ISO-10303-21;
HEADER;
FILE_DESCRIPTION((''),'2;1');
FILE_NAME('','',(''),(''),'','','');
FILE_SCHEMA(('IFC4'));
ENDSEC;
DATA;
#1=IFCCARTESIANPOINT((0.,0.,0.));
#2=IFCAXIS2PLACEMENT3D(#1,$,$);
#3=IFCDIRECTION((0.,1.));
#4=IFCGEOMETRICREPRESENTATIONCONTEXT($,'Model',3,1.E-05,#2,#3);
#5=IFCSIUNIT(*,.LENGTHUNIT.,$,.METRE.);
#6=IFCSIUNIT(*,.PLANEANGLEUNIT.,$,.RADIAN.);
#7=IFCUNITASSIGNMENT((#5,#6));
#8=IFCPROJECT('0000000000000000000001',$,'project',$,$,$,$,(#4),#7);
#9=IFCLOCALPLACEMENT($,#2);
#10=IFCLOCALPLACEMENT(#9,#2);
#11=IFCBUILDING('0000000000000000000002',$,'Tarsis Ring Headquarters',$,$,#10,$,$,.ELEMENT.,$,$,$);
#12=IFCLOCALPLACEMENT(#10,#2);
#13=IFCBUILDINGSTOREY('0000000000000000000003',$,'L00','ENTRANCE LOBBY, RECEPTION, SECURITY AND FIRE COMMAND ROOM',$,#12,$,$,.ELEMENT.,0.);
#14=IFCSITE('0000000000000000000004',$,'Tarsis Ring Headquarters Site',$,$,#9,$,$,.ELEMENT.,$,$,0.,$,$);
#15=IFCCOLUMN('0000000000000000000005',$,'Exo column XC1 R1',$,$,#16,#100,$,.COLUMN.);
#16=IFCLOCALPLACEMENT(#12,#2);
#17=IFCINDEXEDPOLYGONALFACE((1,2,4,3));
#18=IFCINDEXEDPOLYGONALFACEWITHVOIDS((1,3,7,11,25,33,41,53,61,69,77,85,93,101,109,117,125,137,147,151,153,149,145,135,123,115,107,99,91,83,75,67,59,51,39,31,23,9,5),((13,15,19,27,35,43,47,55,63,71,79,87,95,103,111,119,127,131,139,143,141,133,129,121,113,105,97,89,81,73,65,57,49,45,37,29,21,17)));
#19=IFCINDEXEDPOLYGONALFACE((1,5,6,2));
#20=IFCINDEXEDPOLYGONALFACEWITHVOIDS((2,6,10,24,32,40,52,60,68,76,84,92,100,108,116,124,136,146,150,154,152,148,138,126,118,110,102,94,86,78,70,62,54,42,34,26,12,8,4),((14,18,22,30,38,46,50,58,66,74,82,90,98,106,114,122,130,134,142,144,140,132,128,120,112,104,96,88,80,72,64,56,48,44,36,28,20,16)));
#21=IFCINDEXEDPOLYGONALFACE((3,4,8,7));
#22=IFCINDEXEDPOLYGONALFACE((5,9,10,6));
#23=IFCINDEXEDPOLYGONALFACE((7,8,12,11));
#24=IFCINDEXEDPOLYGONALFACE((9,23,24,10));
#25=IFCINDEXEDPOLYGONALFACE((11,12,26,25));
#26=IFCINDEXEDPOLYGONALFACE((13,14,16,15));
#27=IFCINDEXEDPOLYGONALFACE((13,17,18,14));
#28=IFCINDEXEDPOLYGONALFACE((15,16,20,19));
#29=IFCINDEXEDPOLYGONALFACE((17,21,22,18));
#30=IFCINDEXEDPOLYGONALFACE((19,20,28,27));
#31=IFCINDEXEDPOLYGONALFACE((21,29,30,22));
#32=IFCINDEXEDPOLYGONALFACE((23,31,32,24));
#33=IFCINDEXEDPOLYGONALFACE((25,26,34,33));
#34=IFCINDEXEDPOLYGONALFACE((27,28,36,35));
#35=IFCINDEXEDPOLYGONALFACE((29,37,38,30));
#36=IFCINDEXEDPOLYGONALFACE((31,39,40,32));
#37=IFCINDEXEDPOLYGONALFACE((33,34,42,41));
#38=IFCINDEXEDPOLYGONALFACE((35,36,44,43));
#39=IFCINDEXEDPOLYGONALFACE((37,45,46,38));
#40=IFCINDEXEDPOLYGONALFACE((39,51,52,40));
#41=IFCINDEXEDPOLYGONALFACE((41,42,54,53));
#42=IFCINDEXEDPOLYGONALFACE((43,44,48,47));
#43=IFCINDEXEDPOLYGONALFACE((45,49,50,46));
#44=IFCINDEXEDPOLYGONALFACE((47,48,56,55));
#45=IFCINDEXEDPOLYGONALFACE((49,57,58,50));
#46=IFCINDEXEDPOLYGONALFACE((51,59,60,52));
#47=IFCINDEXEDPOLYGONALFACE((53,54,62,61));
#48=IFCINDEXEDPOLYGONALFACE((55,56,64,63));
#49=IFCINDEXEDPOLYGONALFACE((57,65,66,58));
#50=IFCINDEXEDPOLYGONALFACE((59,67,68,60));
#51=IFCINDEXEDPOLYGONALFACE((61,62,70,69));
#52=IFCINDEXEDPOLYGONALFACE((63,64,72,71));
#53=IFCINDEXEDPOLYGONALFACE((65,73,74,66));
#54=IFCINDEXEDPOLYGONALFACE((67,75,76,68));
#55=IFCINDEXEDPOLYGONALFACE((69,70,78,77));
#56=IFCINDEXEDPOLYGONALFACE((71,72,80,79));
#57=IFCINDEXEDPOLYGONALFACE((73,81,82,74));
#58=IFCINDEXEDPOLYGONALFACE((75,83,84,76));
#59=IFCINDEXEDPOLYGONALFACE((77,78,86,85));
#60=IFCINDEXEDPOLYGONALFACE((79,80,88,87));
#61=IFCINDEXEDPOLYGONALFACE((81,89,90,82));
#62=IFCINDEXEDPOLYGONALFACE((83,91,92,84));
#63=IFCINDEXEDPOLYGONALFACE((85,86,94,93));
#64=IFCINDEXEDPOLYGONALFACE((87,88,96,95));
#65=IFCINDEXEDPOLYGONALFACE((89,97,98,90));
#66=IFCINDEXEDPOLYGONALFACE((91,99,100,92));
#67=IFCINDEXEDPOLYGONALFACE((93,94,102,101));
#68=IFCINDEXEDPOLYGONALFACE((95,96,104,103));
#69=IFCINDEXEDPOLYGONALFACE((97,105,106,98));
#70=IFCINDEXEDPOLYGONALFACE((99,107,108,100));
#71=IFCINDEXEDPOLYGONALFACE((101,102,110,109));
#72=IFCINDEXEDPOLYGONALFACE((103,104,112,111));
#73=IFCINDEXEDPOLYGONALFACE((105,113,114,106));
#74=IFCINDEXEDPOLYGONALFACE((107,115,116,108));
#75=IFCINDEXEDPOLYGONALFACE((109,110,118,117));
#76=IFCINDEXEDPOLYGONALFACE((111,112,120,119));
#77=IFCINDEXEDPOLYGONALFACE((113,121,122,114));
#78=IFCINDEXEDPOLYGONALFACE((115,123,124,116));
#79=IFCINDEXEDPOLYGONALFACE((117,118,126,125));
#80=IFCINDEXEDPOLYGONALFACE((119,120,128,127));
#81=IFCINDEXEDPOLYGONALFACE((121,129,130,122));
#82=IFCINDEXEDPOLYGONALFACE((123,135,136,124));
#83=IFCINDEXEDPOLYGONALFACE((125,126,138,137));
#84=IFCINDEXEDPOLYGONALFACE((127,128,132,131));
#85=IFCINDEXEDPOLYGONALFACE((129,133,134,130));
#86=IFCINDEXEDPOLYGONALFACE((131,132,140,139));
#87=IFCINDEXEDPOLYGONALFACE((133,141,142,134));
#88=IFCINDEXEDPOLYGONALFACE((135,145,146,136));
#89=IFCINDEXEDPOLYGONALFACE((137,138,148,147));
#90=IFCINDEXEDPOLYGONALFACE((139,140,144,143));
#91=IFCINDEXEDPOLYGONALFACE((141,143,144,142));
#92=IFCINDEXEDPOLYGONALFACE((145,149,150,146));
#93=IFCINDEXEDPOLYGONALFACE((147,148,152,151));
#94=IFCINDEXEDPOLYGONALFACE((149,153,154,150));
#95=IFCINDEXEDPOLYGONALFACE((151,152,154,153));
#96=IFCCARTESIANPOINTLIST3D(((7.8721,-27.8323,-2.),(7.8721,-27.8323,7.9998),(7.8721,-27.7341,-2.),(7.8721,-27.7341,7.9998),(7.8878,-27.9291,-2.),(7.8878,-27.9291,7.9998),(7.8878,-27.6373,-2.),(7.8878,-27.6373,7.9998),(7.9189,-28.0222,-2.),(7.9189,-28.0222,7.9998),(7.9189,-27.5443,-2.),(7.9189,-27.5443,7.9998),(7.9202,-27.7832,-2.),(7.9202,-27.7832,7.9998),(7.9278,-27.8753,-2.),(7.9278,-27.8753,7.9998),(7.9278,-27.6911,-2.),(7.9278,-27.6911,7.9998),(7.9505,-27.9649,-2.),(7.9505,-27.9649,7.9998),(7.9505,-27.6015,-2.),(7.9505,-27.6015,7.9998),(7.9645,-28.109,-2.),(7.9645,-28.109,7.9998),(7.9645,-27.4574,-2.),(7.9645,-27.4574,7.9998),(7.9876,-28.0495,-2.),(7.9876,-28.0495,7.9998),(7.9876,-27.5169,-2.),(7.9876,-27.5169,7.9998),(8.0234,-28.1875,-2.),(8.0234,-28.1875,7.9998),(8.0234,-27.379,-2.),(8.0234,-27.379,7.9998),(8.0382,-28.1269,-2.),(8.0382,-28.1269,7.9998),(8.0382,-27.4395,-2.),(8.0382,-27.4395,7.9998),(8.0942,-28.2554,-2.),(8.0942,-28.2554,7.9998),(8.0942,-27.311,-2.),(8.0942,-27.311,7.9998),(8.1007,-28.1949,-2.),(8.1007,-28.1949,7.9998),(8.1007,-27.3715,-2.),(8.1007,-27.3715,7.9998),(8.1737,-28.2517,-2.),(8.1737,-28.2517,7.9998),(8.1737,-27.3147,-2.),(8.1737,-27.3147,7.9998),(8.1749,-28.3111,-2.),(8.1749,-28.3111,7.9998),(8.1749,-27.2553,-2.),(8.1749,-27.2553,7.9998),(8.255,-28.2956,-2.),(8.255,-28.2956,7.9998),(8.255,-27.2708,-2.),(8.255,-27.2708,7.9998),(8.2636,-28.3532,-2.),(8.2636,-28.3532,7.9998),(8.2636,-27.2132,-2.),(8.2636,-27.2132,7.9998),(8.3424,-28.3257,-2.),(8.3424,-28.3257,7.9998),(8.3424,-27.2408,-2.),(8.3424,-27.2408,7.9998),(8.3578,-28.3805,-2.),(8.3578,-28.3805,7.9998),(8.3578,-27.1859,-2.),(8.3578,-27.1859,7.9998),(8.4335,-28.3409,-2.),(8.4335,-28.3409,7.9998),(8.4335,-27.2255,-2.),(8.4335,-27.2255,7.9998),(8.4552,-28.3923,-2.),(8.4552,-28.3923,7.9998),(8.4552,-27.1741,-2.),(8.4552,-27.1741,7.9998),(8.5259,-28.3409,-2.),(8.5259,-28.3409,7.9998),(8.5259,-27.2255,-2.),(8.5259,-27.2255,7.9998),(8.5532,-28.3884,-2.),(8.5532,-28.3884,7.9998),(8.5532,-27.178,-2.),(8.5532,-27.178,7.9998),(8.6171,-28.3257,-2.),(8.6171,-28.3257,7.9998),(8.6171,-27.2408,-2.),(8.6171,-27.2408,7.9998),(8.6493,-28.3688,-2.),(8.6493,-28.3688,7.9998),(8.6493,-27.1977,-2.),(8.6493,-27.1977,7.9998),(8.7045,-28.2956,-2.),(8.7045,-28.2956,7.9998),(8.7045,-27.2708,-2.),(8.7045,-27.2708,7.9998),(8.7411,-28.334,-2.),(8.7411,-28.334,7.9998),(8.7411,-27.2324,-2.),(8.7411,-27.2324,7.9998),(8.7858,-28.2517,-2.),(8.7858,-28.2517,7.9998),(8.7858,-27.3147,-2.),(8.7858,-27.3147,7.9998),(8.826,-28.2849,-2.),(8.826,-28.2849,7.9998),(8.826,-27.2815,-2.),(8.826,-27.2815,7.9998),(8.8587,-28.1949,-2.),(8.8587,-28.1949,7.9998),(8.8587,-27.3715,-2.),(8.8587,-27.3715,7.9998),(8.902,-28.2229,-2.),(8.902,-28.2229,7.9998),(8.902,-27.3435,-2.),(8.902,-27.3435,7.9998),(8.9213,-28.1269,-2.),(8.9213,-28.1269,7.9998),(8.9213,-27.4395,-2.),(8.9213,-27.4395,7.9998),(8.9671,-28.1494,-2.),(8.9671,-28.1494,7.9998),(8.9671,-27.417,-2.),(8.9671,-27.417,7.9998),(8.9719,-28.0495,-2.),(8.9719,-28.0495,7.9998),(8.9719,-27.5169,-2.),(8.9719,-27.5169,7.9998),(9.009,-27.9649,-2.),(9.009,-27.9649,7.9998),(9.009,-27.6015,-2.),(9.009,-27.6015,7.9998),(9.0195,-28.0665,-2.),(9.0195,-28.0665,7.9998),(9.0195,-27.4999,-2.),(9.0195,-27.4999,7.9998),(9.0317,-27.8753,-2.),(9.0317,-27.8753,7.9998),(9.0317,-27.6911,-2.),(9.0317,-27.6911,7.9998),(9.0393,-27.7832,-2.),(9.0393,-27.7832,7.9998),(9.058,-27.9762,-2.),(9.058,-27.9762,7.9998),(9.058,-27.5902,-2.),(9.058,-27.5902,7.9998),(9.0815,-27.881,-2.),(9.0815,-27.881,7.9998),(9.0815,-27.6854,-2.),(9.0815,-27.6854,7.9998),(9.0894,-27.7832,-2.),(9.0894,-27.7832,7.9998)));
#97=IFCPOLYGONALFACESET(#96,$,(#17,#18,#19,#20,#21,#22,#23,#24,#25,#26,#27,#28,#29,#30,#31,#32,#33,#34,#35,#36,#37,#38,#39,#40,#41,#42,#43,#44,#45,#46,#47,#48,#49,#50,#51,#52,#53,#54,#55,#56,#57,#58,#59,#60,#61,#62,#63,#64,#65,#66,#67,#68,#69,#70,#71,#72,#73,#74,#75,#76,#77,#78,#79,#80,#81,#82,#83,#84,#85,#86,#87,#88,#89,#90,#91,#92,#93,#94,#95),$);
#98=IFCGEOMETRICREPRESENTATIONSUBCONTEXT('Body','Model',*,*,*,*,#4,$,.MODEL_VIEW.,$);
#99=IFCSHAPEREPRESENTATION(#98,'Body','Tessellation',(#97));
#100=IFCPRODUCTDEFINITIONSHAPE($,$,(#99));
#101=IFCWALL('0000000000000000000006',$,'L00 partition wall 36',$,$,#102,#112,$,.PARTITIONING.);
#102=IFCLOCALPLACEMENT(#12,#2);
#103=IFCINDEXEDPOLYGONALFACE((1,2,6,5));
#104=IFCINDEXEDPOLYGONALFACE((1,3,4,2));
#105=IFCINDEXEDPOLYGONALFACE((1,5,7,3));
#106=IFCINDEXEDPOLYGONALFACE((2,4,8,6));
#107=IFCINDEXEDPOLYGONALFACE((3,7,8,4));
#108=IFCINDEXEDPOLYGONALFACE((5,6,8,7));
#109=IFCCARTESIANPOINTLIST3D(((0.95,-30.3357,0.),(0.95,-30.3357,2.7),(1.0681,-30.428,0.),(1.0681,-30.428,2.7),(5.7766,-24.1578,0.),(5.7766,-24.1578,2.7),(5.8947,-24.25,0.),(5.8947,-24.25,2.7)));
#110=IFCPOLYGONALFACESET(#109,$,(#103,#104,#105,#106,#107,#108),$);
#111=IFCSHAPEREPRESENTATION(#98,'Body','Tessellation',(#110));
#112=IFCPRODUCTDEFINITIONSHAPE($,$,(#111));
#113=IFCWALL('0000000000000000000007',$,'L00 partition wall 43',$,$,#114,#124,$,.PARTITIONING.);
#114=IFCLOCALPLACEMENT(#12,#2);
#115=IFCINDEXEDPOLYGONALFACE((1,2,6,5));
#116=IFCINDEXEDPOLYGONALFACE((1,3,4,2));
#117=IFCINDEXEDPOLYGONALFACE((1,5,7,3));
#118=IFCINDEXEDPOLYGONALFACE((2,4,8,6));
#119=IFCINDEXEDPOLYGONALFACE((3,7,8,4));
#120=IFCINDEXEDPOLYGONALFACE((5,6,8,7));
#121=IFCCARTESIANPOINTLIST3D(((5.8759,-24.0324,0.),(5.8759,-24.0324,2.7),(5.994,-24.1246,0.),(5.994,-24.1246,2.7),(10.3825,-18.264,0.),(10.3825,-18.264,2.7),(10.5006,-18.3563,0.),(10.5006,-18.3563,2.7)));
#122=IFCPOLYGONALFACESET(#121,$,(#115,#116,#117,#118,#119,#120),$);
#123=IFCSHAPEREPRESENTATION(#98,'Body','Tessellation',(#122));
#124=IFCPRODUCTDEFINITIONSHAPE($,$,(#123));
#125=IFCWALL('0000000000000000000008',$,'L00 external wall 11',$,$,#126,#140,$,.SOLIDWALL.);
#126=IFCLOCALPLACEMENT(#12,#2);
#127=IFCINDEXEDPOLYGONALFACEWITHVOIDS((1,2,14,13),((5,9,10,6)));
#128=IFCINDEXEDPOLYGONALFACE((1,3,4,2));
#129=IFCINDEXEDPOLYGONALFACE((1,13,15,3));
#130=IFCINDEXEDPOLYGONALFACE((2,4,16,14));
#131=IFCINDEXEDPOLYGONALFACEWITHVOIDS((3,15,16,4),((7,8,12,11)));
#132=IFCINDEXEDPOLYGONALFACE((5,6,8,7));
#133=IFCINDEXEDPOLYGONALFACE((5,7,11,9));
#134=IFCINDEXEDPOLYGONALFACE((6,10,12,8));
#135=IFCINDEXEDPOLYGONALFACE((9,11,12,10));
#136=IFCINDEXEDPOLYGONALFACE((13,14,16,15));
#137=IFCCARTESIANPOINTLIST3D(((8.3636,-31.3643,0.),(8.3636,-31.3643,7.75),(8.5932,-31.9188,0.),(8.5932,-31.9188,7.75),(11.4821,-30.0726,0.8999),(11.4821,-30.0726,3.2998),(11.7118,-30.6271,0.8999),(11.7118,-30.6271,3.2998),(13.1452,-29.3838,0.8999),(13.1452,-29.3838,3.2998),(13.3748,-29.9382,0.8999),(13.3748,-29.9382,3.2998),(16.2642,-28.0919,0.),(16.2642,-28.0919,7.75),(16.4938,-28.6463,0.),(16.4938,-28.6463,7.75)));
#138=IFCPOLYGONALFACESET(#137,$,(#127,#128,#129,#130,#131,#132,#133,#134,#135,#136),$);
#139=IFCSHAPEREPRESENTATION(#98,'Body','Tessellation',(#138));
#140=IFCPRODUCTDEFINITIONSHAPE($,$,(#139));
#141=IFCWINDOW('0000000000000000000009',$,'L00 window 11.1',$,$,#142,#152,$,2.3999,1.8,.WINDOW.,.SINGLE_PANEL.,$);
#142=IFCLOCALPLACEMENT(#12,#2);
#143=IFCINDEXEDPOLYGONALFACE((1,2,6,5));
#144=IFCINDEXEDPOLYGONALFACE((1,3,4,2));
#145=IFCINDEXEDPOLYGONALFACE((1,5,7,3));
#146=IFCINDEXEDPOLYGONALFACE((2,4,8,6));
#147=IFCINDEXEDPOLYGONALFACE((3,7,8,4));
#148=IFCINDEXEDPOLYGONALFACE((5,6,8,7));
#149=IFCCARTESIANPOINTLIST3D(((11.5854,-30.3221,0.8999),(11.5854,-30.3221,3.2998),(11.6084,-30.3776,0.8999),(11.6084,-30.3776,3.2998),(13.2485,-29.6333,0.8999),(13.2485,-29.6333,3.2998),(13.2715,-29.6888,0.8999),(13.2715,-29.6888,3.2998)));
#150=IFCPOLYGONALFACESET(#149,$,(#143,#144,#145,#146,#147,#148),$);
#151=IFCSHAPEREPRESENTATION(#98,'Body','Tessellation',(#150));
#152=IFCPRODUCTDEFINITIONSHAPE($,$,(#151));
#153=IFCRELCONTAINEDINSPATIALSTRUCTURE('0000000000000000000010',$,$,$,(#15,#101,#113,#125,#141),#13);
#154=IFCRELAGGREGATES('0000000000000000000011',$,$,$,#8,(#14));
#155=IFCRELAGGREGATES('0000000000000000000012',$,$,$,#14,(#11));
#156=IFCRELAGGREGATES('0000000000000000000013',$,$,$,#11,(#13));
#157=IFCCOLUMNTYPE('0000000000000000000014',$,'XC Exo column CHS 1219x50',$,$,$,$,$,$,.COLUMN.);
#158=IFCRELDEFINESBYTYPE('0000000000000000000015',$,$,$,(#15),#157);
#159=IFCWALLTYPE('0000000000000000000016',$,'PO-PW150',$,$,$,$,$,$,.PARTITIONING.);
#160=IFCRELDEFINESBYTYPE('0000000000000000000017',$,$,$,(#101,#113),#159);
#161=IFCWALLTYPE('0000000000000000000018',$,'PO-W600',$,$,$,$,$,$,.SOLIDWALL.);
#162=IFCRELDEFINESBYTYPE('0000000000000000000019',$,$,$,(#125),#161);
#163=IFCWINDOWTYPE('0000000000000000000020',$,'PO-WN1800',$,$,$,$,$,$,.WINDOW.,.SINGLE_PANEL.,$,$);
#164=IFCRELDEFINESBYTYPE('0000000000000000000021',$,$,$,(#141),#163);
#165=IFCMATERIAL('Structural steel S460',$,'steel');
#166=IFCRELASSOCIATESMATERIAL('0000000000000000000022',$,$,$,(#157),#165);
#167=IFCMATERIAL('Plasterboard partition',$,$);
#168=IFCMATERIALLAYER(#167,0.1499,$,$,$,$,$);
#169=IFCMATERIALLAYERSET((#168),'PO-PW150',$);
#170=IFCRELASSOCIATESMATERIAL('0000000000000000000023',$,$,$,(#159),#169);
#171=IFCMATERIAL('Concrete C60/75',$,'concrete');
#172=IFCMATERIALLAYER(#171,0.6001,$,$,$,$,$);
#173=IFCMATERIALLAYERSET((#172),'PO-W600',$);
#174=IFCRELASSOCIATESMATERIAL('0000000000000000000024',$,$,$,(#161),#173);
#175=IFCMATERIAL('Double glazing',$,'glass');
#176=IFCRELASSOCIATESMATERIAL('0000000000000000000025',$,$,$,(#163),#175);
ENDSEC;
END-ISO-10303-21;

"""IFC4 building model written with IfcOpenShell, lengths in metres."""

from ifc_helpers import new_model, si_unit, direction, frame, frame_2d, origin, origin_2d, place, context, subcontext, project, spatial, rectangle, hollow_circle, extrude, material, layer, layer_set, material_profile, profile_set, type_object, element, fill, save


model = new_model("IFC4")

# Units and contexts
model_context = context("Model", 3, precision=1e-05, world=origin(), true_north=direction((0.0, 1.0)))
body_context = subcontext(model_context, "Body", "Model", "MODEL_VIEW")
ifc_project = project(units=[si_unit("LENGTHUNIT", "METRE"), si_unit("PLANEANGLEUNIT", "RADIAN")], contexts=[model_context])

# Site, building, storey
site_placement = place(None, origin())
site = spatial("IfcSite", under=ifc_project, at=site_placement, Name="Tarsis Ring Headquarters Site", CompositionType="ELEMENT", RefElevation=0.0)
building_placement = place(site_placement, origin())
building = spatial("IfcBuilding", under=site, at=building_placement, Name="Tarsis Ring Headquarters", CompositionType="ELEMENT")
storey_placement = place(building_placement, origin())
storey = spatial("IfcBuildingStorey", under=building, at=storey_placement, Name="L00", Description="ENTRANCE LOBBY, RECEPTION, SECURITY AND FIRE COMMAND ROOM", CompositionType="ELEMENT", Elevation=0.0)

# Column
ifc_material_1 = material(Name="Concrete C60/75", Category="concrete")
ifc_material_2 = material(Name="Structural steel S460", Category="steel")
ifc_material_profile_1 = material_profile(ifc_material_2, hollow_circle(Radius=0.6096, WallThickness=0.05, at=origin_2d()), Name="CHS 1219x50")
ifc_profile_set_1 = profile_set([ifc_material_profile_1], Name="Structural steel S460")
column_type_1 = type_object("IfcColumnType", Name="XC Exo column CHS 1219x50", PredefinedType="COLUMN", material=ifc_profile_set_1)
column_1_placement = place(storey_placement, frame((8.4797, -27.7832, -2.0), z_axis=(0.0, 0.0, 1.0), x_axis=(1.0, 0.0, 0.0)))
element("IfcColumn", 1, at=column_1_placement, inside=storey, type_object=column_type_1, Name="Exo column XC1 R1", PredefinedType="COLUMN", context=body_context, shape_type="SweptSolid", body=[
    extrude(hollow_circle(Radius=0.6096, WallThickness=0.05, at=origin_2d()), origin(), (0.0, 0.0, 1.0), 9.9998),
])

# Walls
ifc_material_3 = material(Name="Plasterboard partition")
ifc_layer_1 = layer(ifc_material_3, 0.1499)
ifc_layer_set_1 = layer_set([ifc_layer_1], Name="PO-PW150")
wall_type_1 = type_object("IfcWallType", Name="PO-PW150", PredefinedType="PARTITIONING", material=ifc_layer_set_1)
wall_1_placement = place(storey_placement, frame((1.009, -30.3818, 0.0), z_axis=(0.0, 0.0, 1.0), x_axis=(0.615653, 0.788017, 0.0)))
element("IfcWall", 2, at=wall_1_placement, inside=storey, type_object=wall_type_1, Name="L00 partition wall 36", PredefinedType="PARTITIONING", context=body_context, shape_type="SweptSolid", body=[
    extrude(rectangle(XDim=7.8398, YDim=0.1499, at=frame_2d((3.9199, 0.0))), origin(), (0.0, 0.0, 1.0), 2.7),
])
wall_2_placement = place(storey_placement, frame((10.4417, -18.3101, 0.0), z_axis=(0.0, 0.0, 1.0), x_axis=(-0.615652, -0.788018, 0.0)))
element("IfcWall", 3, at=wall_2_placement, inside=storey, type_object=wall_type_1, Name="L00 partition wall 43", PredefinedType="PARTITIONING", context=body_context, shape_type="SweptSolid", body=[
    extrude(rectangle(XDim=7.3201, YDim=0.1499, at=frame_2d((3.6602, 0.0))), origin(), (0.0, 0.0, 1.0), 2.7),
])

# Wall, opening, window
ifc_layer_2 = layer(ifc_material_1, 0.6001)
ifc_layer_set_2 = layer_set([ifc_layer_2], Name="PO-W600")
wall_type_2 = type_object("IfcWallType", Name="PO-W600", PredefinedType="SOLIDWALL", material=ifc_layer_set_2)
wall_3_placement = place(storey_placement, frame((8.4783, -31.6416, 0.0), z_axis=(0.0, 0.0, 1.0), x_axis=(0.923883, 0.382675, 0.0)))
wall_3 = element("IfcWall", 4, at=wall_3_placement, inside=storey, type_object=wall_type_2, Name="L00 external wall 11", PredefinedType="SOLIDWALL", context=body_context, shape_type="SweptSolid", body=[
    extrude(rectangle(XDim=8.5515, YDim=0.6001, at=frame_2d((4.2759, 0.0))), origin(), (0.0, 0.0, 1.0), 7.75),
])
opening_placement = place(wall_3_placement, frame((3.3757, 0.0, 0.8999)))
opening = element("IfcOpeningElement", 5, at=opening_placement, cuts=wall_3, PredefinedType="OPENING", context=body_context, shape_type="SweptSolid", body=[
    extrude(rectangle(XDim=1.8, YDim=2.3999, at=frame_2d((0.8999, 1.2))), frame((0.0, 0.3101, 0.0), z_axis=(0.0, -1.0, 0.0), x_axis=(1.0, 0.0, 0.0)), (0.0, 0.0, 1.0), 0.6201),
])
ifc_material_4 = material(Name="Double glazing", Category="glass")
window_type = type_object("IfcWindowType", Name="PO-WN1800", PartitioningType="SINGLE_PANEL", PredefinedType="WINDOW", material=ifc_material_4)
window_placement = place(opening_placement, origin())
window = element("IfcWindow", 6, at=window_placement, inside=storey, type_object=window_type, Name="L00 window 11.1", OverallHeight=2.3999, OverallWidth=1.8, PartitioningType="SINGLE_PANEL", PredefinedType="WINDOW", context=body_context, shape_type="SweptSolid", body=[
    extrude(rectangle(XDim=1.8, YDim=2.3999, at=frame_2d((0.8999, 1.2))), frame((0.0, 0.03, 0.0), z_axis=(0.0, -1.0, 0.0), x_axis=(1.0, 0.0, 0.0)), (0.0, 0.0, 1.0), 0.0601),
])
fill(opening, window)

save(model, "model.ifc")
